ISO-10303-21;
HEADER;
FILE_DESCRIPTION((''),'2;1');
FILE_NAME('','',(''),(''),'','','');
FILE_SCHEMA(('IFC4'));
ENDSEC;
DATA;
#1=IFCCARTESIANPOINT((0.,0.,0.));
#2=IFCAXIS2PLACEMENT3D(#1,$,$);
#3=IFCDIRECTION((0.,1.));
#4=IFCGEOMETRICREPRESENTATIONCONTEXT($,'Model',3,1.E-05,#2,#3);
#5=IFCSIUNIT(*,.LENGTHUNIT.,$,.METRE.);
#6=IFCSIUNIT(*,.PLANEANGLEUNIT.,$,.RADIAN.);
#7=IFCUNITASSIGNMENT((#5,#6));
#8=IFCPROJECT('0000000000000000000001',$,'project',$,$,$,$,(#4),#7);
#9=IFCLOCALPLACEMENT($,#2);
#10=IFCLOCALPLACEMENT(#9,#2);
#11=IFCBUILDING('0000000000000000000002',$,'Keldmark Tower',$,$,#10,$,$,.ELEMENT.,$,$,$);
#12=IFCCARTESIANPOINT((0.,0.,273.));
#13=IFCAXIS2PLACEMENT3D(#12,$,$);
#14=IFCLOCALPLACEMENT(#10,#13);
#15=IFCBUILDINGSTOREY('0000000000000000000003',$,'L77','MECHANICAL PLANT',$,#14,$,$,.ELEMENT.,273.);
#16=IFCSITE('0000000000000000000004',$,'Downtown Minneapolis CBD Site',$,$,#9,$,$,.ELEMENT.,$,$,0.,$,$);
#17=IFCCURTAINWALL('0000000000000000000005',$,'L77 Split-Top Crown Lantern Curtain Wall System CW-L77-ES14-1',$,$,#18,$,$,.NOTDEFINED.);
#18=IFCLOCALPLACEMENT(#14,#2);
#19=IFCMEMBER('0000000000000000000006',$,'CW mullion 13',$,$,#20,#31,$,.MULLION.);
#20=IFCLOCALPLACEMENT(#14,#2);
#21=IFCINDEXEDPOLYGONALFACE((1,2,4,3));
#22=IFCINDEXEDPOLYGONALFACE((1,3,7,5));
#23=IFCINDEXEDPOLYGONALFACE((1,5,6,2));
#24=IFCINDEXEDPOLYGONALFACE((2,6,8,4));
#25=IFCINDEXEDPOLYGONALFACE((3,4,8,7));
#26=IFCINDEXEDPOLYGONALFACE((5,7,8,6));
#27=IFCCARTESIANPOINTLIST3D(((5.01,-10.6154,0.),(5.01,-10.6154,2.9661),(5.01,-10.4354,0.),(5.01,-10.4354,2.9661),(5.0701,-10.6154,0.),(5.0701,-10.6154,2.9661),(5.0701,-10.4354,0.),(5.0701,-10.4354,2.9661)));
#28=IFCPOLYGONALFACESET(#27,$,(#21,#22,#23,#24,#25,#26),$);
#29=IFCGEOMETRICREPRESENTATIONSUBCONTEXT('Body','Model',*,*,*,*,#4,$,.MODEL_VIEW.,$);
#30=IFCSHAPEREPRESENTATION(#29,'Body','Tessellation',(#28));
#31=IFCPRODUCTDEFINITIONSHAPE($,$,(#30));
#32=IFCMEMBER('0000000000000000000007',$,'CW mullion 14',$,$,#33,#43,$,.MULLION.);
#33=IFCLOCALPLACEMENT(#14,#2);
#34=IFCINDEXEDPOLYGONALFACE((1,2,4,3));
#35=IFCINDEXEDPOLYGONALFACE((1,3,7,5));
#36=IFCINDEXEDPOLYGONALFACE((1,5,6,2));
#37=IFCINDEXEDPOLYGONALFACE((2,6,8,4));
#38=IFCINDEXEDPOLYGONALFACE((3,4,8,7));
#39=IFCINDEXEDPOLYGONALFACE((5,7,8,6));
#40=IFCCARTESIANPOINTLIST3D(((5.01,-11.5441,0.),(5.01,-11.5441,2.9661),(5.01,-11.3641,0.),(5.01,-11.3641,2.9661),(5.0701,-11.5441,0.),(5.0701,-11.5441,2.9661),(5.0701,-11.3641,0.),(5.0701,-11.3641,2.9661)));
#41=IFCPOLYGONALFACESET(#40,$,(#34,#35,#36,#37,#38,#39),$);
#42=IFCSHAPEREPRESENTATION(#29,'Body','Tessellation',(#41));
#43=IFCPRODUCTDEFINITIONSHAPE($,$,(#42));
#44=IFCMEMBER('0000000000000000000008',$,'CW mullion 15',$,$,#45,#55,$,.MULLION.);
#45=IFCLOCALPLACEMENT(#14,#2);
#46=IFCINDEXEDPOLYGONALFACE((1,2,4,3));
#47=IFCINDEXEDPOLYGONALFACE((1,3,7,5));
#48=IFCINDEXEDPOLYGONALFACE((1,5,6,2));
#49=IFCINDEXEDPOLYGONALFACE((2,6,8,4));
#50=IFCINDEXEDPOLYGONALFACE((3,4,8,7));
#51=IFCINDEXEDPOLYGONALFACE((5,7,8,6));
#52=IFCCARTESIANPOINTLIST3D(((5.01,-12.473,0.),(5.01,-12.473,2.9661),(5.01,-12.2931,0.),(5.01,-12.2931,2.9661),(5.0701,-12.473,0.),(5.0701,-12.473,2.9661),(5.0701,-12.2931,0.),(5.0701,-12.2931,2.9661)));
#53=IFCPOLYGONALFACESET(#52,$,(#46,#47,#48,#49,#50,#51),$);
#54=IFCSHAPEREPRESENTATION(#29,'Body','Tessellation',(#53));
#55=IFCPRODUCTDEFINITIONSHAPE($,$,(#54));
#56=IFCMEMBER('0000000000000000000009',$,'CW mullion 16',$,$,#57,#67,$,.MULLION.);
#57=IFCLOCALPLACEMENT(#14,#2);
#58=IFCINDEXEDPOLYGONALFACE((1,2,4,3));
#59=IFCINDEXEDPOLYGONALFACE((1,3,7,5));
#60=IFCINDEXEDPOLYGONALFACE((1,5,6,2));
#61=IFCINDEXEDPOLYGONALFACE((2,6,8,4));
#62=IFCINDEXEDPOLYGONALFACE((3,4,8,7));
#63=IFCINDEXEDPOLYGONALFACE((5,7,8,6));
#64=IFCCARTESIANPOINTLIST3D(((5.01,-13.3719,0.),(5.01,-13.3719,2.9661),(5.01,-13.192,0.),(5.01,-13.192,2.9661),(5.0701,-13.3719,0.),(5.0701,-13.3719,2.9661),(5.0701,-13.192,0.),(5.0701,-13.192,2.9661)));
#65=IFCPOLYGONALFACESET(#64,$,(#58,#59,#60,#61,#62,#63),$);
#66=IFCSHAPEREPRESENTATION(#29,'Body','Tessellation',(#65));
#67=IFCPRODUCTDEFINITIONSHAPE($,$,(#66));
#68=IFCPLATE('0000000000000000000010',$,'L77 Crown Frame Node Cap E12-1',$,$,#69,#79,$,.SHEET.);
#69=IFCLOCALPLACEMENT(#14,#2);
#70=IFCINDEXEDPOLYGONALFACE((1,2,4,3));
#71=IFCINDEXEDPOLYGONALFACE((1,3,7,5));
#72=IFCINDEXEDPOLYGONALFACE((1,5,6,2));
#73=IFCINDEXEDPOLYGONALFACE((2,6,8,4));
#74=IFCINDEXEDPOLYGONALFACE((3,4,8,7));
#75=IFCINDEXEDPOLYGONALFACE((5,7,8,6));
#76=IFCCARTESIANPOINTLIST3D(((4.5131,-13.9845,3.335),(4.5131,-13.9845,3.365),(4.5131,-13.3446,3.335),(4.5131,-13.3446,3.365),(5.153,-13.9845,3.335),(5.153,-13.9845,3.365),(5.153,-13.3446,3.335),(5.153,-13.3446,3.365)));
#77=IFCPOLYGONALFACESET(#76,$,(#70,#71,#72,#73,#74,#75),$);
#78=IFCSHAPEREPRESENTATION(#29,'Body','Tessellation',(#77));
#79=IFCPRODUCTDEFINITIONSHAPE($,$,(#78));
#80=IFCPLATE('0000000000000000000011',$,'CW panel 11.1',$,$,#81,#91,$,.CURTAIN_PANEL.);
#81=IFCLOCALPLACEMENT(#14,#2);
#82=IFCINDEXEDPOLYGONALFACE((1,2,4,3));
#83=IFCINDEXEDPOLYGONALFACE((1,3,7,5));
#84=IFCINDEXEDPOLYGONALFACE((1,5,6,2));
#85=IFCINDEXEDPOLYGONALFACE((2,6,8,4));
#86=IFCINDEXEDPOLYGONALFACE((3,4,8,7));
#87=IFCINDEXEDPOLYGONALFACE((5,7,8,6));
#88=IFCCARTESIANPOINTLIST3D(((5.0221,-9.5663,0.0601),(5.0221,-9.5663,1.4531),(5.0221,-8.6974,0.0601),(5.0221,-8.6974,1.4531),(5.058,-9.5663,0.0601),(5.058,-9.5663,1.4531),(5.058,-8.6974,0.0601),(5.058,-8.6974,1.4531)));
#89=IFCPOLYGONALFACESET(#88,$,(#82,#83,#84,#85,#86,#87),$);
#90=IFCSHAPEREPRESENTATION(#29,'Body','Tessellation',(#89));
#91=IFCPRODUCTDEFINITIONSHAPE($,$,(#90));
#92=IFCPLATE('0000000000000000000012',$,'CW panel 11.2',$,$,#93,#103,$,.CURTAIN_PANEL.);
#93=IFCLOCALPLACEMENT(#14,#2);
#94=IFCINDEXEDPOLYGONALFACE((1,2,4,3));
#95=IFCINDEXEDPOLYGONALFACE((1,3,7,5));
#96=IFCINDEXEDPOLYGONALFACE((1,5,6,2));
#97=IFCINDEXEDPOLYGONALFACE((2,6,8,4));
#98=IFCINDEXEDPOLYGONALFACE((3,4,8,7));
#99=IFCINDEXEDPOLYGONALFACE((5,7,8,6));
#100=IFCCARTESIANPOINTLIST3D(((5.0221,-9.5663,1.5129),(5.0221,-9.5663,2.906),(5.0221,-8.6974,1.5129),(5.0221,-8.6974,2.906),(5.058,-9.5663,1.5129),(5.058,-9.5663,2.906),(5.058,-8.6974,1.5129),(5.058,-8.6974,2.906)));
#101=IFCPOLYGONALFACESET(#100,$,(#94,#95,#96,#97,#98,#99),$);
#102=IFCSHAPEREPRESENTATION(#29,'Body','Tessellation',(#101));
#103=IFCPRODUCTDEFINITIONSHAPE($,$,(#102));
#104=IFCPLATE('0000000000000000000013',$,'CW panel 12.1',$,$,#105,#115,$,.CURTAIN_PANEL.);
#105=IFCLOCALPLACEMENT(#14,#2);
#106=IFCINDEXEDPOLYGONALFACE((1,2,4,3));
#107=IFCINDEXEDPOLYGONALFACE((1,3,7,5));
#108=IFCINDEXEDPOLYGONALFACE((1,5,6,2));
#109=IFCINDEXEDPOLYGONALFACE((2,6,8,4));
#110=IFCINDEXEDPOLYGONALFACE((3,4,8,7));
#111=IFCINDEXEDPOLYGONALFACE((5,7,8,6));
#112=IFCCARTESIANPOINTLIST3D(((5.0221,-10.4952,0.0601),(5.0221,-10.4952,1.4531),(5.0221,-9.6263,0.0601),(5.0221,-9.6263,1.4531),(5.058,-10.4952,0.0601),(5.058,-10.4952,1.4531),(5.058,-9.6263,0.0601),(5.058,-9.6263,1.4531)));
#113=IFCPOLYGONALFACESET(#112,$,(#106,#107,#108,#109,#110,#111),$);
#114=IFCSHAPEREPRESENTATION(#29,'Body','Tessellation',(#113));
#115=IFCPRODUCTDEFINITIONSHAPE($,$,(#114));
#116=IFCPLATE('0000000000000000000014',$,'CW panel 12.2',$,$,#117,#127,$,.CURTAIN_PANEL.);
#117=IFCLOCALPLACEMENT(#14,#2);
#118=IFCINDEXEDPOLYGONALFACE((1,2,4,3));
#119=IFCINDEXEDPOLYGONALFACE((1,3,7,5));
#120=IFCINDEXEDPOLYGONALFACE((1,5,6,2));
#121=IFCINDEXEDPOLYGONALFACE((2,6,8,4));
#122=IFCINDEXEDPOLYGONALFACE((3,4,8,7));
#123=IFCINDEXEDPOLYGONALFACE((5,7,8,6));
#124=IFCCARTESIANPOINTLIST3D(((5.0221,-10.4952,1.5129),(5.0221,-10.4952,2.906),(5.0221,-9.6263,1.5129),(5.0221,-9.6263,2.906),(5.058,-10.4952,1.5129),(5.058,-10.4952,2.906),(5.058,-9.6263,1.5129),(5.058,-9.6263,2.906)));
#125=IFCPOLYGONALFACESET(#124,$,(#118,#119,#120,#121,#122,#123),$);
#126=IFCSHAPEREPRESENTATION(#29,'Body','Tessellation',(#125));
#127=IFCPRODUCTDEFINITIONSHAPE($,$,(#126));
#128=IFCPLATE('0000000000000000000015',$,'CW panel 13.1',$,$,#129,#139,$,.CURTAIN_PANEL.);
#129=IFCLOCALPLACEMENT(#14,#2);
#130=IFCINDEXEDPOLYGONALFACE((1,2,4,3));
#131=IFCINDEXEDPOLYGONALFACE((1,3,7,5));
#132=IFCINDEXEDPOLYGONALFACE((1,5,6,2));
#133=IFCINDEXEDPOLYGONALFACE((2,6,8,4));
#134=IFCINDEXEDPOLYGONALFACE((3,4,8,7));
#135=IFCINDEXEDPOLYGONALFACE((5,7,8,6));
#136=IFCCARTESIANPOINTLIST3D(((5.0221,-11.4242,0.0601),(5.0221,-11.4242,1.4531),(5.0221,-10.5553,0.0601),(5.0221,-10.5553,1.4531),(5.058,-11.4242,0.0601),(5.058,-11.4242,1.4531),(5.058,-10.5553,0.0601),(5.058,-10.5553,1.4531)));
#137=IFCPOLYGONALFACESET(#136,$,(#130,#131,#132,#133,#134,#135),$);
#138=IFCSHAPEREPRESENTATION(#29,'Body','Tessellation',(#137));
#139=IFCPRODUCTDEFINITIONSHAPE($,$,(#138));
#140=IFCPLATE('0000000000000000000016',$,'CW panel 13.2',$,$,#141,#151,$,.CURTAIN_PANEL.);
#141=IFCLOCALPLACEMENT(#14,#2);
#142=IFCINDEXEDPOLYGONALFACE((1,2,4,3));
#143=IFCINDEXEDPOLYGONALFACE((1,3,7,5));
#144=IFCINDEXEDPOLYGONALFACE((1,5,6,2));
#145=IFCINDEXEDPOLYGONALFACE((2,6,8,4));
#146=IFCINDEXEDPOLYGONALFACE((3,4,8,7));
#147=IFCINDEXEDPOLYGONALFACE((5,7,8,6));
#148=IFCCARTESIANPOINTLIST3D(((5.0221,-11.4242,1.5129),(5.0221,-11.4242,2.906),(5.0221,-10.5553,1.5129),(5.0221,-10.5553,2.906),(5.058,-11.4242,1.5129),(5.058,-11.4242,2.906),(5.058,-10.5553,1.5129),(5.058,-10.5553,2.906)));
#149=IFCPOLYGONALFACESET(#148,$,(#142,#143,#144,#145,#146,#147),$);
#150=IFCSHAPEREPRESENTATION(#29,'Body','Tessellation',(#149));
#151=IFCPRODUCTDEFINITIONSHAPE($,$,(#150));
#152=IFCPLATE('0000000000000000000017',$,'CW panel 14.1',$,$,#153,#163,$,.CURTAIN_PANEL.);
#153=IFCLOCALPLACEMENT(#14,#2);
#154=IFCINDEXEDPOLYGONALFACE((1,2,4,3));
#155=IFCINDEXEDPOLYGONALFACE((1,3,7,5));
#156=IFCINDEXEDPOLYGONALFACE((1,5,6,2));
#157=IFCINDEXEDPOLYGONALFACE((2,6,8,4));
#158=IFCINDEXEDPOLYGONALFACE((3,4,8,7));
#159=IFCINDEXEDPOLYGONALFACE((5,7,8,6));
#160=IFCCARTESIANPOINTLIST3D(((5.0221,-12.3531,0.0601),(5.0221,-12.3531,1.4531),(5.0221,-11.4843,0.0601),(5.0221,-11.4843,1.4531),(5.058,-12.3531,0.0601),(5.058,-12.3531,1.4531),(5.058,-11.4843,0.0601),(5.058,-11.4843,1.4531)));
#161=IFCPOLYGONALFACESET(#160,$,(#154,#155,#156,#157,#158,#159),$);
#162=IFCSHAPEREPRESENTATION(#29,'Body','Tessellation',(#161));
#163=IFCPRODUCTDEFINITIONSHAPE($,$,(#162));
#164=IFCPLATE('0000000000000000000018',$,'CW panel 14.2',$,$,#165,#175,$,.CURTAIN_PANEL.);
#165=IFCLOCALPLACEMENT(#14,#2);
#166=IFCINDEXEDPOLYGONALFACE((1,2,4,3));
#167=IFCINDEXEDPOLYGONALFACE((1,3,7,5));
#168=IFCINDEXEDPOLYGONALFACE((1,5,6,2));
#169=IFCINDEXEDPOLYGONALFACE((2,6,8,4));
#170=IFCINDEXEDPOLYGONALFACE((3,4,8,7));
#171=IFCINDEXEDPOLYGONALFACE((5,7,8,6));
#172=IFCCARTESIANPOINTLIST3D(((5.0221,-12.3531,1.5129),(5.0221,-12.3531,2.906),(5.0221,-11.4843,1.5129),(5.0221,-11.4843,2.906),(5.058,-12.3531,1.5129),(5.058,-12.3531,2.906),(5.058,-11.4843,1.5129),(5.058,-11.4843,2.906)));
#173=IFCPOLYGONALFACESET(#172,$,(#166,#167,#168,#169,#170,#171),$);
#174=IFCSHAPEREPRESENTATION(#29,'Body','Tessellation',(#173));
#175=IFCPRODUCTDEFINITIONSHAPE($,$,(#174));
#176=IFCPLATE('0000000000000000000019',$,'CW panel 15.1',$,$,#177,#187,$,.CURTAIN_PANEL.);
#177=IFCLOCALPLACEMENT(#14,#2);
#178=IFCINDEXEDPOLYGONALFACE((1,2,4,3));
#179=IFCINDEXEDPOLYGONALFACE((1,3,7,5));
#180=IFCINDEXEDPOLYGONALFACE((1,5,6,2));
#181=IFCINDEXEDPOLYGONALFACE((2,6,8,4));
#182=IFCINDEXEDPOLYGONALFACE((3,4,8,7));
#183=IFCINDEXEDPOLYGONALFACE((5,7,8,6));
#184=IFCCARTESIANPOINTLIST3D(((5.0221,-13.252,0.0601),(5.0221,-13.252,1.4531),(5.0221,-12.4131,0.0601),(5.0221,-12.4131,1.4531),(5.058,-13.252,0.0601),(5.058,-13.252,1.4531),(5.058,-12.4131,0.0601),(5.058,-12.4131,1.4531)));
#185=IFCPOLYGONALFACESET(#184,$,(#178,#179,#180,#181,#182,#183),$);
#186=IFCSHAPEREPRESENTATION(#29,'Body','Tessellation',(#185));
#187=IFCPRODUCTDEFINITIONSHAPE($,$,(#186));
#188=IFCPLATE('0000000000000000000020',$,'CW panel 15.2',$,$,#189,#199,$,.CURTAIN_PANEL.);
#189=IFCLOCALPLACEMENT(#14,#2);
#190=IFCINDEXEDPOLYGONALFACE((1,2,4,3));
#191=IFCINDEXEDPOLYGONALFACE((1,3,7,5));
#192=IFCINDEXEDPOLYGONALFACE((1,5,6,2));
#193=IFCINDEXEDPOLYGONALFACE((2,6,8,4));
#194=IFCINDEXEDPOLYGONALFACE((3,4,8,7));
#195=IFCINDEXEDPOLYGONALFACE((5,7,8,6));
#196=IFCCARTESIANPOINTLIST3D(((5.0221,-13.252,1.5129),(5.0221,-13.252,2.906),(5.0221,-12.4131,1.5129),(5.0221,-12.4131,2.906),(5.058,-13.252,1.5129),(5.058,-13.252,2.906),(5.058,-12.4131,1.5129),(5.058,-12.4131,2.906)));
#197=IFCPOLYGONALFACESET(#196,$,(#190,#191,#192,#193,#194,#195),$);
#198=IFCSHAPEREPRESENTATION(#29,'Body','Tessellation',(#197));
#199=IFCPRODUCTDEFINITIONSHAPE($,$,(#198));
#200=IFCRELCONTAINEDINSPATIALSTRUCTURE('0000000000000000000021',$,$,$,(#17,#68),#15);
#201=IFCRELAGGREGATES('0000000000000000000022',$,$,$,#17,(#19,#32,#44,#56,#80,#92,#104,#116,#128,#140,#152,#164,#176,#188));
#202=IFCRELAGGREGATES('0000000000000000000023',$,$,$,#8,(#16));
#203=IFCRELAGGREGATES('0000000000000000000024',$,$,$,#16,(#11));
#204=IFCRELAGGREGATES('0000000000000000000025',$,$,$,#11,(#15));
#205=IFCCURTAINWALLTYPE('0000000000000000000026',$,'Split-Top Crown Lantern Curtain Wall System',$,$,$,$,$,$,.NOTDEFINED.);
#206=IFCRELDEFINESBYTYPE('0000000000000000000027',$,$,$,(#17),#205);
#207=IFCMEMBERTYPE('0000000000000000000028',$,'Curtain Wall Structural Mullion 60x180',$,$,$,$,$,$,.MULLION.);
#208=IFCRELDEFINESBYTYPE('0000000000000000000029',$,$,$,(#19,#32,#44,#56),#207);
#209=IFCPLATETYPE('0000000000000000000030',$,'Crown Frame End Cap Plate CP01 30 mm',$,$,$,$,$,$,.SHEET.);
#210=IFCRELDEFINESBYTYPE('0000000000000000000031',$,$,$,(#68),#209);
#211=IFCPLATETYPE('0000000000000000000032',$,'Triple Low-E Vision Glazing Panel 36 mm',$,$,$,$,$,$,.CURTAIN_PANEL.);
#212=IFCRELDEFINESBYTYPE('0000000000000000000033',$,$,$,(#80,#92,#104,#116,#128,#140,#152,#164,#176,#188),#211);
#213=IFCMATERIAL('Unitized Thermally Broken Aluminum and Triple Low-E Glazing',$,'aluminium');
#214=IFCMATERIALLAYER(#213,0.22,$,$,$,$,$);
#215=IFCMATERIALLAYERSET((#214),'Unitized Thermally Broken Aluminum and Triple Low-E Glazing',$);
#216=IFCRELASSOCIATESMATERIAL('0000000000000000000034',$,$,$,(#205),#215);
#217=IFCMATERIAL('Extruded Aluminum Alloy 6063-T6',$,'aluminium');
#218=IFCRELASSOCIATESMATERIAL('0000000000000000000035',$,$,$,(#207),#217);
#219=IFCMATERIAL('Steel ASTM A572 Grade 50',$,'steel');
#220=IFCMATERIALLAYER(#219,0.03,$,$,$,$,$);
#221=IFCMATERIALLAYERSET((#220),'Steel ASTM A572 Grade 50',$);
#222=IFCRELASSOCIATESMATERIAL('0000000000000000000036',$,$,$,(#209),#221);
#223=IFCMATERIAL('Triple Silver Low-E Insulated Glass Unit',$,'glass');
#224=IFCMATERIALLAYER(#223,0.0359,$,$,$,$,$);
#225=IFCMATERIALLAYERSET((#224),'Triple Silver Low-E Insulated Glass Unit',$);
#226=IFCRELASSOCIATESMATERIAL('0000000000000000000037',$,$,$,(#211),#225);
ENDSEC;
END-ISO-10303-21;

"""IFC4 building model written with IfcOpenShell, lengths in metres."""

from ifc_helpers import new_model, si_unit, direction, frame, origin, origin_2d, place, context, subcontext, project, spatial, rectangle, extrude, material, layer, layer_set, material_profile, profile_set, type_object, element, aggregate, save


model = new_model("IFC4")

# Units and contexts
model_context = context("Model", 3, precision=1e-05, world=origin(), true_north=direction((0.0, 1.0)))
body_context = subcontext(model_context, "Body", "Model", "MODEL_VIEW")
ifc_project = project(units=[si_unit("LENGTHUNIT", "METRE"), si_unit("PLANEANGLEUNIT", "RADIAN")], contexts=[model_context])

# Site, building, storey
site_placement = place(None, origin())
site = spatial("IfcSite", under=ifc_project, at=site_placement, Name="Downtown Minneapolis CBD Site", CompositionType="ELEMENT", RefElevation=0.0)
building_placement = place(site_placement, origin())
building = spatial("IfcBuilding", under=site, at=building_placement, Name="Keldmark Tower", CompositionType="ELEMENT")
storey_placement = place(building_placement, frame((0.0, 0.0, 273.0)))
storey = spatial("IfcBuildingStorey", under=building, at=storey_placement, Name="L77", Description="MECHANICAL PLANT", CompositionType="ELEMENT", Elevation=273.0)

# Curtain wall, members
ifc_material_1 = material(Name="Unitized Thermally Broken Aluminum and Triple Low-E Glazing", Category="aluminium")
ifc_layer_1 = layer(ifc_material_1, 0.22)
ifc_layer_set_1 = layer_set([ifc_layer_1], Name="Unitized Thermally Broken Aluminum and Triple Low-E Glazing")
curtain_wall_type = type_object("IfcCurtainWallType", Name="Split-Top Crown Lantern Curtain Wall System", PredefinedType="NOTDEFINED", material=ifc_layer_set_1)
curtain_wall_placement = place(storey_placement, origin())
curtain_wall = element("IfcCurtainWall", 1, at=curtain_wall_placement, inside=storey, type_object=curtain_wall_type, Name="L77 Split-Top Crown Lantern Curtain Wall System CW-L77-ES14-1", PredefinedType="NOTDEFINED")
ifc_material_2 = material(Name="Extruded Aluminum Alloy 6063-T6", Category="aluminium")
ifc_material_profile_1 = material_profile(ifc_material_2, rectangle(XDim=0.0601, YDim=0.1799, at=origin_2d()), Name="CWM60X180")
ifc_profile_set_1 = profile_set([ifc_material_profile_1], Name="Extruded Aluminum Alloy 6063-T6")
member_type_1 = type_object("IfcMemberType", Name="Curtain Wall Structural Mullion 60x180", PredefinedType="MULLION", material=ifc_profile_set_1)
member_1_placement = place(storey_placement, frame((5.04, -10.5254, 0.0), z_axis=(0.0, 0.0, 1.0), x_axis=(1.0, 0.0, 0.0)))
member_1 = element("IfcMember", 2, at=member_1_placement, type_object=member_type_1, Name="CW mullion 13", PredefinedType="MULLION", context=body_context, shape_type="SweptSolid", body=[
    extrude(rectangle(XDim=0.0601, YDim=0.1799, at=origin_2d()), origin(), (0.0, 0.0, 1.0), 2.9661),
])
member_2_placement = place(storey_placement, frame((5.04, -11.4541, 0.0), z_axis=(0.0, 0.0, 1.0), x_axis=(1.0, 0.0, 0.0)))
member_2 = element("IfcMember", 3, at=member_2_placement, type_object=member_type_1, Name="CW mullion 14", PredefinedType="MULLION", context=body_context, shape_type="SweptSolid", body=[
    extrude(rectangle(XDim=0.0601, YDim=0.1799, at=origin_2d()), origin(), (0.0, 0.0, 1.0), 2.9661),
])
member_3_placement = place(storey_placement, frame((5.04, -12.3831, 0.0), z_axis=(0.0, 0.0, 1.0), x_axis=(1.0, 0.0, 0.0)))
member_3 = element("IfcMember", 4, at=member_3_placement, type_object=member_type_1, Name="CW mullion 15", PredefinedType="MULLION", context=body_context, shape_type="SweptSolid", body=[
    extrude(rectangle(XDim=0.0601, YDim=0.1799, at=origin_2d()), origin(), (0.0, 0.0, 1.0), 2.9661),
])
member_4_placement = place(storey_placement, frame((5.04, -13.282, 0.0), z_axis=(0.0, 0.0, 1.0), x_axis=(1.0, 0.0, 0.0)))
member_4 = element("IfcMember", 5, at=member_4_placement, type_object=member_type_1, Name="CW mullion 16", PredefinedType="MULLION", context=body_context, shape_type="SweptSolid", body=[
    extrude(rectangle(XDim=0.0601, YDim=0.1799, at=origin_2d()), origin(), (0.0, 0.0, 1.0), 2.9661),
])

# Plates
ifc_material_3 = material(Name="Steel ASTM A572 Grade 50", Category="steel")
ifc_layer_2 = layer(ifc_material_3, 0.03)
ifc_layer_set_2 = layer_set([ifc_layer_2], Name="Steel ASTM A572 Grade 50")
plate_type_1 = type_object("IfcPlateType", Name="Crown Frame End Cap Plate CP01 30 mm", PredefinedType="SHEET", material=ifc_layer_set_2)
plate_1_placement = place(storey_placement, frame((4.833, -13.6646, 3.335), z_axis=(0.0, 0.0, 1.0), x_axis=(1.0, 0.0, 0.0)))
element("IfcPlate", 6, at=plate_1_placement, inside=storey, type_object=plate_type_1, Name="L77 Crown Frame Node Cap E12-1", PredefinedType="SHEET", context=body_context, shape_type="SweptSolid", body=[
    extrude(rectangle(XDim=0.6399, YDim=0.6399, at=origin_2d()), origin(), (0.0, 0.0, 1.0), 0.03),
])
ifc_material_4 = material(Name="Triple Silver Low-E Insulated Glass Unit", Category="glass")
ifc_layer_3 = layer(ifc_material_4, 0.0359)
ifc_layer_set_3 = layer_set([ifc_layer_3], Name="Triple Silver Low-E Insulated Glass Unit")
plate_type_2 = type_object("IfcPlateType", Name="Triple Low-E Vision Glazing Panel 36 mm", PredefinedType="CURTAIN_PANEL", material=ifc_layer_set_3)
plate_2_placement = place(storey_placement, frame((5.04, -9.1318, 0.0601), z_axis=(0.0, 0.0, 1.0), x_axis=(0.0, -1.0, 0.0)))
plate_2 = element("IfcPlate", 7, at=plate_2_placement, type_object=plate_type_2, Name="CW panel 11.1", PredefinedType="CURTAIN_PANEL", context=body_context, shape_type="SweptSolid", body=[
    extrude(rectangle(XDim=0.8689, YDim=0.0359, at=origin_2d()), origin(), (0.0, 0.0, 1.0), 1.3931),
])
plate_3_placement = place(storey_placement, frame((5.04, -9.1318, 1.5129), z_axis=(0.0, 0.0, 1.0), x_axis=(0.0, -1.0, 0.0)))
plate_3 = element("IfcPlate", 8, at=plate_3_placement, type_object=plate_type_2, Name="CW panel 11.2", PredefinedType="CURTAIN_PANEL", context=body_context, shape_type="SweptSolid", body=[
    extrude(rectangle(XDim=0.8689, YDim=0.0359, at=origin_2d()), origin(), (0.0, 0.0, 1.0), 1.3931),
])
plate_4_placement = place(storey_placement, frame((5.04, -10.0608, 0.0601), z_axis=(0.0, 0.0, 1.0), x_axis=(0.0, -1.0, 0.0)))
plate_4 = element("IfcPlate", 9, at=plate_4_placement, type_object=plate_type_2, Name="CW panel 12.1", PredefinedType="CURTAIN_PANEL", context=body_context, shape_type="SweptSolid", body=[
    extrude(rectangle(XDim=0.8689, YDim=0.0359, at=origin_2d()), origin(), (0.0, 0.0, 1.0), 1.3931),
])
plate_5_placement = place(storey_placement, frame((5.04, -10.0608, 1.5129), z_axis=(0.0, 0.0, 1.0), x_axis=(0.0, -1.0, 0.0)))
plate_5 = element("IfcPlate", 10, at=plate_5_placement, type_object=plate_type_2, Name="CW panel 12.2", PredefinedType="CURTAIN_PANEL", context=body_context, shape_type="SweptSolid", body=[
    extrude(rectangle(XDim=0.8689, YDim=0.0359, at=origin_2d()), origin(), (0.0, 0.0, 1.0), 1.3931),
])
plate_6_placement = place(storey_placement, frame((5.04, -10.9897, 0.0601), z_axis=(0.0, 0.0, 1.0), x_axis=(0.0, -1.0, 0.0)))
plate_6 = element("IfcPlate", 11, at=plate_6_placement, type_object=plate_type_2, Name="CW panel 13.1", PredefinedType="CURTAIN_PANEL", context=body_context, shape_type="SweptSolid", body=[
    extrude(rectangle(XDim=0.8689, YDim=0.0359, at=origin_2d()), origin(), (0.0, 0.0, 1.0), 1.3931),
])
plate_7_placement = place(storey_placement, frame((5.04, -10.9897, 1.5129), z_axis=(0.0, 0.0, 1.0), x_axis=(0.0, -1.0, 0.0)))
plate_7 = element("IfcPlate", 12, at=plate_7_placement, type_object=plate_type_2, Name="CW panel 13.2", PredefinedType="CURTAIN_PANEL", context=body_context, shape_type="SweptSolid", body=[
    extrude(rectangle(XDim=0.8689, YDim=0.0359, at=origin_2d()), origin(), (0.0, 0.0, 1.0), 1.3931),
])
plate_8_placement = place(storey_placement, frame((5.04, -11.9187, 0.0601), z_axis=(0.0, 0.0, 1.0), x_axis=(0.0, -1.0, 0.0)))
plate_8 = element("IfcPlate", 13, at=plate_8_placement, type_object=plate_type_2, Name="CW panel 14.1", PredefinedType="CURTAIN_PANEL", context=body_context, shape_type="SweptSolid", body=[
    extrude(rectangle(XDim=0.8689, YDim=0.0359, at=origin_2d()), origin(), (0.0, 0.0, 1.0), 1.3931),
])
plate_9_placement = place(storey_placement, frame((5.04, -11.9187, 1.5129), z_axis=(0.0, 0.0, 1.0), x_axis=(0.0, -1.0, 0.0)))
plate_9 = element("IfcPlate", 14, at=plate_9_placement, type_object=plate_type_2, Name="CW panel 14.2", PredefinedType="CURTAIN_PANEL", context=body_context, shape_type="SweptSolid", body=[
    extrude(rectangle(XDim=0.8689, YDim=0.0359, at=origin_2d()), origin(), (0.0, 0.0, 1.0), 1.3931),
])
plate_10_placement = place(storey_placement, frame((5.04, -12.8325, 0.0601), z_axis=(0.0, 0.0, 1.0), x_axis=(0.0, -1.0, 0.0)))
plate_10 = element("IfcPlate", 15, at=plate_10_placement, type_object=plate_type_2, Name="CW panel 15.1", PredefinedType="CURTAIN_PANEL", context=body_context, shape_type="SweptSolid", body=[
    extrude(rectangle(XDim=0.8389, YDim=0.0359, at=origin_2d()), origin(), (0.0, 0.0, 1.0), 1.3931),
])
plate_11_placement = place(storey_placement, frame((5.04, -12.8325, 1.5129), z_axis=(0.0, 0.0, 1.0), x_axis=(0.0, -1.0, 0.0)))
plate_11 = element("IfcPlate", 16, at=plate_11_placement, type_object=plate_type_2, Name="CW panel 15.2", PredefinedType="CURTAIN_PANEL", context=body_context, shape_type="SweptSolid", body=[
    extrude(rectangle(XDim=0.8389, YDim=0.0359, at=origin_2d()), origin(), (0.0, 0.0, 1.0), 1.3931),
])
aggregate(curtain_wall, [member_1, member_2, member_3, member_4, plate_2, plate_3, plate_4, plate_5, plate_6, plate_7, plate_8, plate_9, plate_10, plate_11])

save(model, "model.ifc")
